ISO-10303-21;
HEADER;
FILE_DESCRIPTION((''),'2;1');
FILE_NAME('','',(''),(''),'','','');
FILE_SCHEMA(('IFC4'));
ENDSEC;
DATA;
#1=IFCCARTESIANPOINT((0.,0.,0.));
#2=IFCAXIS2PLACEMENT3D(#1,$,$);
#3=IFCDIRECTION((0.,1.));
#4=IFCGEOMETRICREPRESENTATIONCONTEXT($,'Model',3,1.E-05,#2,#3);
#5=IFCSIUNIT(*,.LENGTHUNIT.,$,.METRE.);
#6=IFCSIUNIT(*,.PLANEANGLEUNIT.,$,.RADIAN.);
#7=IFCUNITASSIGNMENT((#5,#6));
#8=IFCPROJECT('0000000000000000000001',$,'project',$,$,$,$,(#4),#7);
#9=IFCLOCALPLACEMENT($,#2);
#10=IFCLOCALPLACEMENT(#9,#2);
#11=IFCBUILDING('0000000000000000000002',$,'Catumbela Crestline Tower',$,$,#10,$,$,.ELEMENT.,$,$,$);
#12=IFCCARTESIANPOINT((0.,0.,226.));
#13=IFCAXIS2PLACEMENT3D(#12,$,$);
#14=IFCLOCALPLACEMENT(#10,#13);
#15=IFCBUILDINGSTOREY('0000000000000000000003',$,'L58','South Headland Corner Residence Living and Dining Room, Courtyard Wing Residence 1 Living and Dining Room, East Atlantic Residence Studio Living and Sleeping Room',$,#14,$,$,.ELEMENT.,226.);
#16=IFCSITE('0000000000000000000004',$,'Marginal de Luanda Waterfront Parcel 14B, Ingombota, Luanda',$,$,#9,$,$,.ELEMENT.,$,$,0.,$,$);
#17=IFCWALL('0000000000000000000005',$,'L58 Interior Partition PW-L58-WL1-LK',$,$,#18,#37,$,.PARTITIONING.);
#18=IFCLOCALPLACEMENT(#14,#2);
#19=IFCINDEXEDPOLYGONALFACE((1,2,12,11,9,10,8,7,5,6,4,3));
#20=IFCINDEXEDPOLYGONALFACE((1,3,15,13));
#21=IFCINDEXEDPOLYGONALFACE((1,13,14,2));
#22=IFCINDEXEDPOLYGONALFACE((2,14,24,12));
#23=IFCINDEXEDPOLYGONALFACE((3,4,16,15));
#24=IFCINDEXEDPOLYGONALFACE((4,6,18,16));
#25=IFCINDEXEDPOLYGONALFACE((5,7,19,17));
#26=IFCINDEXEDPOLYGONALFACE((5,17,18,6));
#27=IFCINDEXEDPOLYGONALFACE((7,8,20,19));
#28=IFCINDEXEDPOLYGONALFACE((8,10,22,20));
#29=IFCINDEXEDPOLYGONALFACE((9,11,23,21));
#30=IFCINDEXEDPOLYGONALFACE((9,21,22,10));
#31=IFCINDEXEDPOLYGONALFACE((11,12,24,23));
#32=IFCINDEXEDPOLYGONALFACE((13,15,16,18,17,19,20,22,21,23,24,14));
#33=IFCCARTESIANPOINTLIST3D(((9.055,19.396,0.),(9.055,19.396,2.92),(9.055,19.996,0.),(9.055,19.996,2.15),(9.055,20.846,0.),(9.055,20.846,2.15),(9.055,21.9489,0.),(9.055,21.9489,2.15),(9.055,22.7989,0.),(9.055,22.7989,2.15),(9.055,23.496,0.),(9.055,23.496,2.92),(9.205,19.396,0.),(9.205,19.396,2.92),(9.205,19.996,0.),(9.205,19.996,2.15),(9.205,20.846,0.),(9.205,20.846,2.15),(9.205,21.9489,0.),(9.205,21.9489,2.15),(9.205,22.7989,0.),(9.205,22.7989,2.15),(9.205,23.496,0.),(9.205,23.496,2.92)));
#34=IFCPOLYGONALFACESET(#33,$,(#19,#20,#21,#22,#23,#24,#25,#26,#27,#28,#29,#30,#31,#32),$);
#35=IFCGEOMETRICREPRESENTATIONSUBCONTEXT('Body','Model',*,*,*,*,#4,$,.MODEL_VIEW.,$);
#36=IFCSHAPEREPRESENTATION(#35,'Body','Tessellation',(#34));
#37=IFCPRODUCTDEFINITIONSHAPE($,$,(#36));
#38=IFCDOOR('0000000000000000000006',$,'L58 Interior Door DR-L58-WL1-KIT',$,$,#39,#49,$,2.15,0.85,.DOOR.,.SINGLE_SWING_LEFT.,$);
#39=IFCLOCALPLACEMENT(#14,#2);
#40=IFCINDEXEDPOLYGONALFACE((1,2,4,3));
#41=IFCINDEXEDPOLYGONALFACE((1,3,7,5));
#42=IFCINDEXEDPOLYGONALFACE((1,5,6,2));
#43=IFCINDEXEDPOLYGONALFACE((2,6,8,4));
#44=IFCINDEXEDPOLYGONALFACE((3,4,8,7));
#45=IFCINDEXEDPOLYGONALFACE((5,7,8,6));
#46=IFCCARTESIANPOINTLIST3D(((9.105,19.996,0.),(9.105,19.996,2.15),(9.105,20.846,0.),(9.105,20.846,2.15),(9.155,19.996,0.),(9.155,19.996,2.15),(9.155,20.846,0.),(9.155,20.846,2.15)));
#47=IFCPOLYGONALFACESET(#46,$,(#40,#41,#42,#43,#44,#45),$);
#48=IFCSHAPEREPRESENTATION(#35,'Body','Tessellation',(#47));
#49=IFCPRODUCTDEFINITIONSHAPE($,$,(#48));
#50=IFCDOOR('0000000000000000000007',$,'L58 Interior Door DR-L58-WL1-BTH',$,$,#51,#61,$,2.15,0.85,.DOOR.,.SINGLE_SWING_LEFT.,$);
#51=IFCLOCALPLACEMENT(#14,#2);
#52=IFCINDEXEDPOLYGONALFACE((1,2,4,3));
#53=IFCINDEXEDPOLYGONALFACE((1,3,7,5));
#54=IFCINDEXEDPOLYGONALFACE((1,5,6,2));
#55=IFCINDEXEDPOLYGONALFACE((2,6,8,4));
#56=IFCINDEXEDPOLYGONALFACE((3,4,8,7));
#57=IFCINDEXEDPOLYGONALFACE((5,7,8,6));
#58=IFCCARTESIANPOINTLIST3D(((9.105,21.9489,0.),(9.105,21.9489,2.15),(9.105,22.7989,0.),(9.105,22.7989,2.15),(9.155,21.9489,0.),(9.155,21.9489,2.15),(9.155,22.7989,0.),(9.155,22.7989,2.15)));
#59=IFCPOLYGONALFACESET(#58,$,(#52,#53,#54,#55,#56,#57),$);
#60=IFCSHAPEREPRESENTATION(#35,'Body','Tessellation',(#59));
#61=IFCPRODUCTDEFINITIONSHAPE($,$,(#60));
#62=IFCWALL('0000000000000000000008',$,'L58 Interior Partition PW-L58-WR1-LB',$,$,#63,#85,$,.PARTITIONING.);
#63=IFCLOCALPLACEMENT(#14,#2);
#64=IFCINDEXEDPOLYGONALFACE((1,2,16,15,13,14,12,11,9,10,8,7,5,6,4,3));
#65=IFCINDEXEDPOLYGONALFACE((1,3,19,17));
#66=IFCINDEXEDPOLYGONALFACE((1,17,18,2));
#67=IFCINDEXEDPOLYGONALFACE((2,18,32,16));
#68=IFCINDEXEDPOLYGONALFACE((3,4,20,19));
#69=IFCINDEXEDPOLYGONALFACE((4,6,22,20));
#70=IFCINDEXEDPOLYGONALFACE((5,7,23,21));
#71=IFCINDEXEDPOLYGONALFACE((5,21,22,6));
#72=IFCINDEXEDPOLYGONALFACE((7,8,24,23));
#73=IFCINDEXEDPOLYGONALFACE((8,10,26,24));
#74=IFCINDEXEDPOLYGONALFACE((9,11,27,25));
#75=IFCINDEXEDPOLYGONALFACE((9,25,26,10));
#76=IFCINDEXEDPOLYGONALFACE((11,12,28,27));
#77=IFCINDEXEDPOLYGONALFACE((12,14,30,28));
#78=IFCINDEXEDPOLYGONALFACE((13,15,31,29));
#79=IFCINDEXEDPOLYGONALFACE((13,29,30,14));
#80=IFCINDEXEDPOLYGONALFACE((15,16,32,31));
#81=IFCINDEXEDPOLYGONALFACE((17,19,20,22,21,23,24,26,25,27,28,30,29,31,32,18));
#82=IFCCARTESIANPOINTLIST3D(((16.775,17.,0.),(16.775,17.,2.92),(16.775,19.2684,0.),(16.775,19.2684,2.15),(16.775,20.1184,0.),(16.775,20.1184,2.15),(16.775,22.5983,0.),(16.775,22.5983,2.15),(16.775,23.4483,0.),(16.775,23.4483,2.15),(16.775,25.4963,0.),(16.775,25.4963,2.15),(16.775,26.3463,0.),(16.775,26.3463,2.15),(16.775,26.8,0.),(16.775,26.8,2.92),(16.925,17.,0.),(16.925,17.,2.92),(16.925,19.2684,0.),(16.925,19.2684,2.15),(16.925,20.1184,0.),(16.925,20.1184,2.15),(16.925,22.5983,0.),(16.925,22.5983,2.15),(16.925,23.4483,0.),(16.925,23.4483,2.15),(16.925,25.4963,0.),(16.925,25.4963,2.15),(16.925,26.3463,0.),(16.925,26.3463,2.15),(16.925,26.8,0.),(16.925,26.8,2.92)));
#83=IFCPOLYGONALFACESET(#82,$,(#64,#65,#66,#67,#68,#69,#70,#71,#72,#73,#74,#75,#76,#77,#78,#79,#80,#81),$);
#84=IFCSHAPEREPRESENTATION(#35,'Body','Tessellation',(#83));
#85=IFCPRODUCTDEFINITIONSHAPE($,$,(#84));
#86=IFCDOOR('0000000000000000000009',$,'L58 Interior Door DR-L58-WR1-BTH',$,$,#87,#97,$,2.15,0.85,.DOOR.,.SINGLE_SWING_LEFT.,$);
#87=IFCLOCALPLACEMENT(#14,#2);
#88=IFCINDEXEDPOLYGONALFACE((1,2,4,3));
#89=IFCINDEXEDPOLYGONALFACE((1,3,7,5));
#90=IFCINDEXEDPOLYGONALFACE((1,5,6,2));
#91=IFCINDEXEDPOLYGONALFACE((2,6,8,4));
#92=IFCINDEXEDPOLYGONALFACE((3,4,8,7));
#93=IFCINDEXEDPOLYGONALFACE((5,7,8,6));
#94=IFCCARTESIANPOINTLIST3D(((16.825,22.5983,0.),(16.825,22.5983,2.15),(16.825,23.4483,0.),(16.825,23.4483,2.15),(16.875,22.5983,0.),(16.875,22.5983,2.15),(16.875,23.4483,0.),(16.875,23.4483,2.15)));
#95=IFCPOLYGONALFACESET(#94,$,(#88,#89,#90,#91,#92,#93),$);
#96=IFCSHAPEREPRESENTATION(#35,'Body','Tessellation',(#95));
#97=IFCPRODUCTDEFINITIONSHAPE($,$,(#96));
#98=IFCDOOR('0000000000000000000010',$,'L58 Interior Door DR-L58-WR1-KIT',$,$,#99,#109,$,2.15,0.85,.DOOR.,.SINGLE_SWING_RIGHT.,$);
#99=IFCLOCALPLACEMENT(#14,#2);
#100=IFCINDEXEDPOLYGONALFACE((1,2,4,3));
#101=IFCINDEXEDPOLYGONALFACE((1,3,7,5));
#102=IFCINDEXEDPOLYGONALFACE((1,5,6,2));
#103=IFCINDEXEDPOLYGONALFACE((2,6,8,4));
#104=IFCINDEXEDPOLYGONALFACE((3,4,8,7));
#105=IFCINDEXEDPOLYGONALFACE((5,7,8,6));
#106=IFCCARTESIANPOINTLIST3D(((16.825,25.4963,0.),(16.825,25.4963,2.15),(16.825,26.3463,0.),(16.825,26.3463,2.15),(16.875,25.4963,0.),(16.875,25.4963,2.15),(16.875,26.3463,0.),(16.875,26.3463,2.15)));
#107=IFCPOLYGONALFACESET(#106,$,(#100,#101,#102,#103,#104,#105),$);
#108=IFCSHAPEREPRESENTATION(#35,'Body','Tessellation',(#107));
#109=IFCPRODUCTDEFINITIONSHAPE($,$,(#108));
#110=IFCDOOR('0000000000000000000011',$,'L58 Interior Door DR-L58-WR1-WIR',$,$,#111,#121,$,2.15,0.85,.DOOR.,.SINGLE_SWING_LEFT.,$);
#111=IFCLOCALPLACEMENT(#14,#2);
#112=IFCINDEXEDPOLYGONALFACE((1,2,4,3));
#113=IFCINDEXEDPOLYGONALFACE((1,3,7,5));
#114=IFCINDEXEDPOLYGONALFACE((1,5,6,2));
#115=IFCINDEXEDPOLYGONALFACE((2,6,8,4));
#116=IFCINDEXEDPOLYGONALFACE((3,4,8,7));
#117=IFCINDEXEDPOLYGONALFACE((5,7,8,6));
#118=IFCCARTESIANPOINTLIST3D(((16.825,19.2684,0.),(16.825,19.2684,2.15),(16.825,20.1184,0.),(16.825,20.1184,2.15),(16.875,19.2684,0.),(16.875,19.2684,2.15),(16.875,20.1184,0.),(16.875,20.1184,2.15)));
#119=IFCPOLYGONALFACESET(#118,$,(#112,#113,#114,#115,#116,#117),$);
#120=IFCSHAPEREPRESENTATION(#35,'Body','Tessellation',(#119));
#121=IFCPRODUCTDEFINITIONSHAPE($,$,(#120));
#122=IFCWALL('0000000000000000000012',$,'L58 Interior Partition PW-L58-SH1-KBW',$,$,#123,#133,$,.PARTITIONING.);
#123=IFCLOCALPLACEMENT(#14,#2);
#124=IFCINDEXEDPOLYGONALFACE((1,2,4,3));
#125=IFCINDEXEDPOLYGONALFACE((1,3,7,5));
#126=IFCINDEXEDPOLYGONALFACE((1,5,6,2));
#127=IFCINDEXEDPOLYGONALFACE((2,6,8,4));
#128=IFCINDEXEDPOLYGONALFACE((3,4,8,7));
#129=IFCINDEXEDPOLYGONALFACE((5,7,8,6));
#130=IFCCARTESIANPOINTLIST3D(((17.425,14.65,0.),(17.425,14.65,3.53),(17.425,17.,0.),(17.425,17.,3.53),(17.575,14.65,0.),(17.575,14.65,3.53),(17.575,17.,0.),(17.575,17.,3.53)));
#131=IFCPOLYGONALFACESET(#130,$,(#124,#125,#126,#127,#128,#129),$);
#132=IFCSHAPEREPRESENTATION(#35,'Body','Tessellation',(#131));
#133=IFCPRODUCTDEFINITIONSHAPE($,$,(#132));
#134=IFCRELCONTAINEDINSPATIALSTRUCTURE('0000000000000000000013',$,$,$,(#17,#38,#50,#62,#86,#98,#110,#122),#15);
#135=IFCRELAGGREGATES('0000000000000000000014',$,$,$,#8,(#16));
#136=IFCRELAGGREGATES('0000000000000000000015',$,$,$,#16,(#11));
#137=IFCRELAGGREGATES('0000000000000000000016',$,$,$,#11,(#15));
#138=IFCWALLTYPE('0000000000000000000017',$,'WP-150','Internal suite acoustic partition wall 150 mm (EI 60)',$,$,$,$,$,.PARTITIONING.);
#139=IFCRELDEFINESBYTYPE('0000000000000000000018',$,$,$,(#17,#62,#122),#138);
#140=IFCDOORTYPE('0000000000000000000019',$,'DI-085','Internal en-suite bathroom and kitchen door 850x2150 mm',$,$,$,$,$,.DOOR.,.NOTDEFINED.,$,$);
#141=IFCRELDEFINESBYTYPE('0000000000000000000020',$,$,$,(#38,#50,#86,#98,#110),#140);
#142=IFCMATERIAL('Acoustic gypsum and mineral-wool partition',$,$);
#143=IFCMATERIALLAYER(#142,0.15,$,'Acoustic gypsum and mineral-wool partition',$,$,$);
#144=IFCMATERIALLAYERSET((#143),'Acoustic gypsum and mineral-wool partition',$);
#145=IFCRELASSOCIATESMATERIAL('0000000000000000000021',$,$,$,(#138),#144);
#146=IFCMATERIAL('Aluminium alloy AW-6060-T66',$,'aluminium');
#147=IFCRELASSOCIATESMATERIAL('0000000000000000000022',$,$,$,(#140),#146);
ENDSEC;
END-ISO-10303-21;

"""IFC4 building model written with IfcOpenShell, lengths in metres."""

from ifc_helpers import new_model, si_unit, direction, frame, frame_2d, origin, place, context, subcontext, project, spatial, rectangle, extrude, material, layer, layer_set, type_object, element, fill, save


model = new_model("IFC4")

# Units and contexts
model_context = context("Model", 3, precision=1e-05, world=origin(), true_north=direction((0.0, 1.0)))
body_context = subcontext(model_context, "Body", "Model", "MODEL_VIEW")
ifc_project = project(units=[si_unit("LENGTHUNIT", "METRE"), si_unit("PLANEANGLEUNIT", "RADIAN")], contexts=[model_context])

# Site, building, storey
site_placement = place(None, origin())
site = spatial("IfcSite", under=ifc_project, at=site_placement, Name="Marginal de Luanda Waterfront Parcel 14B, Ingombota, Luanda", CompositionType="ELEMENT", RefElevation=0.0)
building_placement = place(site_placement, origin())
building = spatial("IfcBuilding", under=site, at=building_placement, Name="Catumbela Crestline Tower", CompositionType="ELEMENT")
storey_placement = place(building_placement, frame((0.0, 0.0, 226.0)))
storey = spatial("IfcBuildingStorey", under=building, at=storey_placement, Name="L58", Description="South Headland Corner Residence Living and Dining Room, Courtyard Wing Residence 1 Living and Dining Room, East Atlantic Residence Studio Living and Sleeping Room", CompositionType="ELEMENT", Elevation=226.0)

# Shared definitions
ifc_material_1 = material(Name="Aluminium alloy AW-6060-T66", Category="aluminium")

# Shared definitions
ifc_material_2 = material(Name="Acoustic gypsum and mineral-wool partition")

# Shared definitions
ifc_layer_1 = layer(ifc_material_2, 0.15, Name="Acoustic gypsum and mineral-wool partition")
ifc_layer_set_1 = layer_set([ifc_layer_1], Name="Acoustic gypsum and mineral-wool partition")
wall_type_1 = type_object("IfcWallType", Name="WP-150", Description="Internal suite acoustic partition wall 150 mm (EI 60)", PredefinedType="PARTITIONING", material=ifc_layer_set_1)

# Walls, openings, doors
wall_1_placement = place(storey_placement, frame((9.13, 19.396, 0.0), z_axis=(0.0, 0.0, 1.0), x_axis=(0.0, 1.0, 0.0)))
wall_1 = element("IfcWall", 1, at=wall_1_placement, inside=storey, type_object=wall_type_1, Name="L58 Interior Partition PW-L58-WL1-LK", PredefinedType="PARTITIONING", context=body_context, shape_type="SweptSolid", body=[
    extrude(rectangle(XDim=4.1, YDim=0.15, at=frame_2d((2.05, 0.0))), origin(), (0.0, 0.0, 1.0), 2.92),
])
opening_1_placement = place(wall_1_placement, frame((0.6, 0.0, 0.0)))
opening_1 = element("IfcOpeningElement", 2, at=opening_1_placement, cuts=wall_1, PredefinedType="OPENING", context=body_context, shape_type="SweptSolid", body=[
    extrude(rectangle(XDim=0.85, YDim=2.15, at=frame_2d((0.425, 1.075))), frame((0.0, 0.085, 0.0), z_axis=(0.0, -1.0, 0.0), x_axis=(1.0, 0.0, 0.0)), (0.0, 0.0, 1.0), 0.17),
])
opening_2_placement = place(wall_1_placement, frame((2.5529, 0.0, 0.0)))
opening_2 = element("IfcOpeningElement", 3, at=opening_2_placement, cuts=wall_1, PredefinedType="OPENING", context=body_context, shape_type="SweptSolid", body=[
    extrude(rectangle(XDim=0.85, YDim=2.15, at=frame_2d((0.425, 1.075))), frame((0.0, 0.085, 0.0), z_axis=(0.0, -1.0, 0.0), x_axis=(1.0, 0.0, 0.0)), (0.0, 0.0, 1.0), 0.17),
])
door_type_1 = type_object("IfcDoorType", Name="DI-085", Description="Internal en-suite bathroom and kitchen door 850x2150 mm", OperationType="NOTDEFINED", PredefinedType="DOOR", material=ifc_material_1)
door_1_placement = place(opening_1_placement, origin())
door_1 = element("IfcDoor", 4, at=door_1_placement, inside=storey, type_object=door_type_1, Name="L58 Interior Door DR-L58-WL1-KIT", OperationType="SINGLE_SWING_LEFT", OverallHeight=2.15, OverallWidth=0.85, PredefinedType="DOOR", context=body_context, shape_type="SweptSolid", body=[
    extrude(rectangle(XDim=0.85, YDim=2.15, at=frame_2d((0.425, 1.075))), frame((0.0, 0.025, 0.0), z_axis=(0.0, -1.0, 0.0), x_axis=(1.0, 0.0, 0.0)), (0.0, 0.0, 1.0), 0.05),
])
fill(opening_1, door_1)
door_2_placement = place(opening_2_placement, origin())
door_2 = element("IfcDoor", 5, at=door_2_placement, inside=storey, type_object=door_type_1, Name="L58 Interior Door DR-L58-WL1-BTH", OperationType="SINGLE_SWING_LEFT", OverallHeight=2.15, OverallWidth=0.85, PredefinedType="DOOR", context=body_context, shape_type="SweptSolid", body=[
    extrude(rectangle(XDim=0.85, YDim=2.15, at=frame_2d((0.425, 1.075))), frame((0.0, 0.025, 0.0), z_axis=(0.0, -1.0, 0.0), x_axis=(1.0, 0.0, 0.0)), (0.0, 0.0, 1.0), 0.05),
])
fill(opening_2, door_2)
wall_2_placement = place(storey_placement, frame((16.85, 17.0, 0.0), z_axis=(0.0, 0.0, 1.0), x_axis=(0.0, 1.0, 0.0)))
wall_2 = element("IfcWall", 6, at=wall_2_placement, inside=storey, type_object=wall_type_1, Name="L58 Interior Partition PW-L58-WR1-LB", PredefinedType="PARTITIONING", context=body_context, shape_type="SweptSolid", body=[
    extrude(rectangle(XDim=9.8, YDim=0.15, at=frame_2d((4.9, 0.0))), origin(), (0.0, 0.0, 1.0), 2.92),
])
opening_3_placement = place(wall_2_placement, frame((5.5983, 0.0, 0.0)))
opening_3 = element("IfcOpeningElement", 7, at=opening_3_placement, cuts=wall_2, PredefinedType="OPENING", context=body_context, shape_type="SweptSolid", body=[
    extrude(rectangle(XDim=0.85, YDim=2.15, at=frame_2d((0.425, 1.075))), frame((0.0, 0.085, 0.0), z_axis=(0.0, -1.0, 0.0), x_axis=(1.0, 0.0, 0.0)), (0.0, 0.0, 1.0), 0.17),
])
opening_4_placement = place(wall_2_placement, frame((8.4963, 0.0, 0.0)))
opening_4 = element("IfcOpeningElement", 8, at=opening_4_placement, cuts=wall_2, PredefinedType="OPENING", context=body_context, shape_type="SweptSolid", body=[
    extrude(rectangle(XDim=0.85, YDim=2.15, at=frame_2d((0.425, 1.075))), frame((0.0, 0.085, 0.0), z_axis=(0.0, -1.0, 0.0), x_axis=(1.0, 0.0, 0.0)), (0.0, 0.0, 1.0), 0.17),
])
opening_5_placement = place(wall_2_placement, frame((2.2684, 0.0, 0.0)))
opening_5 = element("IfcOpeningElement", 9, at=opening_5_placement, cuts=wall_2, PredefinedType="OPENING", context=body_context, shape_type="SweptSolid", body=[
    extrude(rectangle(XDim=0.85, YDim=2.15, at=frame_2d((0.425, 1.075))), frame((0.0, 0.085, 0.0), z_axis=(0.0, -1.0, 0.0), x_axis=(1.0, 0.0, 0.0)), (0.0, 0.0, 1.0), 0.17),
])
door_3_placement = place(opening_3_placement, origin())
door_3 = element("IfcDoor", 10, at=door_3_placement, inside=storey, type_object=door_type_1, Name="L58 Interior Door DR-L58-WR1-BTH", OperationType="SINGLE_SWING_LEFT", OverallHeight=2.15, OverallWidth=0.85, PredefinedType="DOOR", context=body_context, shape_type="SweptSolid", body=[
    extrude(rectangle(XDim=0.85, YDim=2.15, at=frame_2d((0.425, 1.075))), frame((0.0, 0.025, 0.0), z_axis=(0.0, -1.0, 0.0), x_axis=(1.0, 0.0, 0.0)), (0.0, 0.0, 1.0), 0.05),
])
fill(opening_3, door_3)
door_4_placement = place(opening_4_placement, origin())
door_4 = element("IfcDoor", 11, at=door_4_placement, inside=storey, type_object=door_type_1, Name="L58 Interior Door DR-L58-WR1-KIT", OperationType="SINGLE_SWING_RIGHT", OverallHeight=2.15, OverallWidth=0.85, PredefinedType="DOOR", context=body_context, shape_type="SweptSolid", body=[
    extrude(rectangle(XDim=0.85, YDim=2.15, at=frame_2d((0.425, 1.075))), frame((0.0, 0.025, 0.0), z_axis=(0.0, -1.0, 0.0), x_axis=(1.0, 0.0, 0.0)), (0.0, 0.0, 1.0), 0.05),
])
fill(opening_4, door_4)
door_5_placement = place(opening_5_placement, origin())
door_5 = element("IfcDoor", 12, at=door_5_placement, inside=storey, type_object=door_type_1, Name="L58 Interior Door DR-L58-WR1-WIR", OperationType="SINGLE_SWING_LEFT", OverallHeight=2.15, OverallWidth=0.85, PredefinedType="DOOR", context=body_context, shape_type="SweptSolid", body=[
    extrude(rectangle(XDim=0.85, YDim=2.15, at=frame_2d((0.425, 1.075))), frame((0.0, 0.025, 0.0), z_axis=(0.0, -1.0, 0.0), x_axis=(1.0, 0.0, 0.0)), (0.0, 0.0, 1.0), 0.05),
])
fill(opening_5, door_5)

# Wall
wall_3_placement = place(storey_placement, frame((17.5, 14.65, 0.0), z_axis=(0.0, 0.0, 1.0), x_axis=(0.0, 1.0, 0.0)))
element("IfcWall", 13, at=wall_3_placement, inside=storey, type_object=wall_type_1, Name="L58 Interior Partition PW-L58-SH1-KBW", PredefinedType="PARTITIONING", context=body_context, shape_type="SweptSolid", body=[
    extrude(rectangle(XDim=2.35, YDim=0.15, at=frame_2d((1.175, 0.0))), origin(), (0.0, 0.0, 1.0), 3.53),
])

save(model, "model.ifc")
